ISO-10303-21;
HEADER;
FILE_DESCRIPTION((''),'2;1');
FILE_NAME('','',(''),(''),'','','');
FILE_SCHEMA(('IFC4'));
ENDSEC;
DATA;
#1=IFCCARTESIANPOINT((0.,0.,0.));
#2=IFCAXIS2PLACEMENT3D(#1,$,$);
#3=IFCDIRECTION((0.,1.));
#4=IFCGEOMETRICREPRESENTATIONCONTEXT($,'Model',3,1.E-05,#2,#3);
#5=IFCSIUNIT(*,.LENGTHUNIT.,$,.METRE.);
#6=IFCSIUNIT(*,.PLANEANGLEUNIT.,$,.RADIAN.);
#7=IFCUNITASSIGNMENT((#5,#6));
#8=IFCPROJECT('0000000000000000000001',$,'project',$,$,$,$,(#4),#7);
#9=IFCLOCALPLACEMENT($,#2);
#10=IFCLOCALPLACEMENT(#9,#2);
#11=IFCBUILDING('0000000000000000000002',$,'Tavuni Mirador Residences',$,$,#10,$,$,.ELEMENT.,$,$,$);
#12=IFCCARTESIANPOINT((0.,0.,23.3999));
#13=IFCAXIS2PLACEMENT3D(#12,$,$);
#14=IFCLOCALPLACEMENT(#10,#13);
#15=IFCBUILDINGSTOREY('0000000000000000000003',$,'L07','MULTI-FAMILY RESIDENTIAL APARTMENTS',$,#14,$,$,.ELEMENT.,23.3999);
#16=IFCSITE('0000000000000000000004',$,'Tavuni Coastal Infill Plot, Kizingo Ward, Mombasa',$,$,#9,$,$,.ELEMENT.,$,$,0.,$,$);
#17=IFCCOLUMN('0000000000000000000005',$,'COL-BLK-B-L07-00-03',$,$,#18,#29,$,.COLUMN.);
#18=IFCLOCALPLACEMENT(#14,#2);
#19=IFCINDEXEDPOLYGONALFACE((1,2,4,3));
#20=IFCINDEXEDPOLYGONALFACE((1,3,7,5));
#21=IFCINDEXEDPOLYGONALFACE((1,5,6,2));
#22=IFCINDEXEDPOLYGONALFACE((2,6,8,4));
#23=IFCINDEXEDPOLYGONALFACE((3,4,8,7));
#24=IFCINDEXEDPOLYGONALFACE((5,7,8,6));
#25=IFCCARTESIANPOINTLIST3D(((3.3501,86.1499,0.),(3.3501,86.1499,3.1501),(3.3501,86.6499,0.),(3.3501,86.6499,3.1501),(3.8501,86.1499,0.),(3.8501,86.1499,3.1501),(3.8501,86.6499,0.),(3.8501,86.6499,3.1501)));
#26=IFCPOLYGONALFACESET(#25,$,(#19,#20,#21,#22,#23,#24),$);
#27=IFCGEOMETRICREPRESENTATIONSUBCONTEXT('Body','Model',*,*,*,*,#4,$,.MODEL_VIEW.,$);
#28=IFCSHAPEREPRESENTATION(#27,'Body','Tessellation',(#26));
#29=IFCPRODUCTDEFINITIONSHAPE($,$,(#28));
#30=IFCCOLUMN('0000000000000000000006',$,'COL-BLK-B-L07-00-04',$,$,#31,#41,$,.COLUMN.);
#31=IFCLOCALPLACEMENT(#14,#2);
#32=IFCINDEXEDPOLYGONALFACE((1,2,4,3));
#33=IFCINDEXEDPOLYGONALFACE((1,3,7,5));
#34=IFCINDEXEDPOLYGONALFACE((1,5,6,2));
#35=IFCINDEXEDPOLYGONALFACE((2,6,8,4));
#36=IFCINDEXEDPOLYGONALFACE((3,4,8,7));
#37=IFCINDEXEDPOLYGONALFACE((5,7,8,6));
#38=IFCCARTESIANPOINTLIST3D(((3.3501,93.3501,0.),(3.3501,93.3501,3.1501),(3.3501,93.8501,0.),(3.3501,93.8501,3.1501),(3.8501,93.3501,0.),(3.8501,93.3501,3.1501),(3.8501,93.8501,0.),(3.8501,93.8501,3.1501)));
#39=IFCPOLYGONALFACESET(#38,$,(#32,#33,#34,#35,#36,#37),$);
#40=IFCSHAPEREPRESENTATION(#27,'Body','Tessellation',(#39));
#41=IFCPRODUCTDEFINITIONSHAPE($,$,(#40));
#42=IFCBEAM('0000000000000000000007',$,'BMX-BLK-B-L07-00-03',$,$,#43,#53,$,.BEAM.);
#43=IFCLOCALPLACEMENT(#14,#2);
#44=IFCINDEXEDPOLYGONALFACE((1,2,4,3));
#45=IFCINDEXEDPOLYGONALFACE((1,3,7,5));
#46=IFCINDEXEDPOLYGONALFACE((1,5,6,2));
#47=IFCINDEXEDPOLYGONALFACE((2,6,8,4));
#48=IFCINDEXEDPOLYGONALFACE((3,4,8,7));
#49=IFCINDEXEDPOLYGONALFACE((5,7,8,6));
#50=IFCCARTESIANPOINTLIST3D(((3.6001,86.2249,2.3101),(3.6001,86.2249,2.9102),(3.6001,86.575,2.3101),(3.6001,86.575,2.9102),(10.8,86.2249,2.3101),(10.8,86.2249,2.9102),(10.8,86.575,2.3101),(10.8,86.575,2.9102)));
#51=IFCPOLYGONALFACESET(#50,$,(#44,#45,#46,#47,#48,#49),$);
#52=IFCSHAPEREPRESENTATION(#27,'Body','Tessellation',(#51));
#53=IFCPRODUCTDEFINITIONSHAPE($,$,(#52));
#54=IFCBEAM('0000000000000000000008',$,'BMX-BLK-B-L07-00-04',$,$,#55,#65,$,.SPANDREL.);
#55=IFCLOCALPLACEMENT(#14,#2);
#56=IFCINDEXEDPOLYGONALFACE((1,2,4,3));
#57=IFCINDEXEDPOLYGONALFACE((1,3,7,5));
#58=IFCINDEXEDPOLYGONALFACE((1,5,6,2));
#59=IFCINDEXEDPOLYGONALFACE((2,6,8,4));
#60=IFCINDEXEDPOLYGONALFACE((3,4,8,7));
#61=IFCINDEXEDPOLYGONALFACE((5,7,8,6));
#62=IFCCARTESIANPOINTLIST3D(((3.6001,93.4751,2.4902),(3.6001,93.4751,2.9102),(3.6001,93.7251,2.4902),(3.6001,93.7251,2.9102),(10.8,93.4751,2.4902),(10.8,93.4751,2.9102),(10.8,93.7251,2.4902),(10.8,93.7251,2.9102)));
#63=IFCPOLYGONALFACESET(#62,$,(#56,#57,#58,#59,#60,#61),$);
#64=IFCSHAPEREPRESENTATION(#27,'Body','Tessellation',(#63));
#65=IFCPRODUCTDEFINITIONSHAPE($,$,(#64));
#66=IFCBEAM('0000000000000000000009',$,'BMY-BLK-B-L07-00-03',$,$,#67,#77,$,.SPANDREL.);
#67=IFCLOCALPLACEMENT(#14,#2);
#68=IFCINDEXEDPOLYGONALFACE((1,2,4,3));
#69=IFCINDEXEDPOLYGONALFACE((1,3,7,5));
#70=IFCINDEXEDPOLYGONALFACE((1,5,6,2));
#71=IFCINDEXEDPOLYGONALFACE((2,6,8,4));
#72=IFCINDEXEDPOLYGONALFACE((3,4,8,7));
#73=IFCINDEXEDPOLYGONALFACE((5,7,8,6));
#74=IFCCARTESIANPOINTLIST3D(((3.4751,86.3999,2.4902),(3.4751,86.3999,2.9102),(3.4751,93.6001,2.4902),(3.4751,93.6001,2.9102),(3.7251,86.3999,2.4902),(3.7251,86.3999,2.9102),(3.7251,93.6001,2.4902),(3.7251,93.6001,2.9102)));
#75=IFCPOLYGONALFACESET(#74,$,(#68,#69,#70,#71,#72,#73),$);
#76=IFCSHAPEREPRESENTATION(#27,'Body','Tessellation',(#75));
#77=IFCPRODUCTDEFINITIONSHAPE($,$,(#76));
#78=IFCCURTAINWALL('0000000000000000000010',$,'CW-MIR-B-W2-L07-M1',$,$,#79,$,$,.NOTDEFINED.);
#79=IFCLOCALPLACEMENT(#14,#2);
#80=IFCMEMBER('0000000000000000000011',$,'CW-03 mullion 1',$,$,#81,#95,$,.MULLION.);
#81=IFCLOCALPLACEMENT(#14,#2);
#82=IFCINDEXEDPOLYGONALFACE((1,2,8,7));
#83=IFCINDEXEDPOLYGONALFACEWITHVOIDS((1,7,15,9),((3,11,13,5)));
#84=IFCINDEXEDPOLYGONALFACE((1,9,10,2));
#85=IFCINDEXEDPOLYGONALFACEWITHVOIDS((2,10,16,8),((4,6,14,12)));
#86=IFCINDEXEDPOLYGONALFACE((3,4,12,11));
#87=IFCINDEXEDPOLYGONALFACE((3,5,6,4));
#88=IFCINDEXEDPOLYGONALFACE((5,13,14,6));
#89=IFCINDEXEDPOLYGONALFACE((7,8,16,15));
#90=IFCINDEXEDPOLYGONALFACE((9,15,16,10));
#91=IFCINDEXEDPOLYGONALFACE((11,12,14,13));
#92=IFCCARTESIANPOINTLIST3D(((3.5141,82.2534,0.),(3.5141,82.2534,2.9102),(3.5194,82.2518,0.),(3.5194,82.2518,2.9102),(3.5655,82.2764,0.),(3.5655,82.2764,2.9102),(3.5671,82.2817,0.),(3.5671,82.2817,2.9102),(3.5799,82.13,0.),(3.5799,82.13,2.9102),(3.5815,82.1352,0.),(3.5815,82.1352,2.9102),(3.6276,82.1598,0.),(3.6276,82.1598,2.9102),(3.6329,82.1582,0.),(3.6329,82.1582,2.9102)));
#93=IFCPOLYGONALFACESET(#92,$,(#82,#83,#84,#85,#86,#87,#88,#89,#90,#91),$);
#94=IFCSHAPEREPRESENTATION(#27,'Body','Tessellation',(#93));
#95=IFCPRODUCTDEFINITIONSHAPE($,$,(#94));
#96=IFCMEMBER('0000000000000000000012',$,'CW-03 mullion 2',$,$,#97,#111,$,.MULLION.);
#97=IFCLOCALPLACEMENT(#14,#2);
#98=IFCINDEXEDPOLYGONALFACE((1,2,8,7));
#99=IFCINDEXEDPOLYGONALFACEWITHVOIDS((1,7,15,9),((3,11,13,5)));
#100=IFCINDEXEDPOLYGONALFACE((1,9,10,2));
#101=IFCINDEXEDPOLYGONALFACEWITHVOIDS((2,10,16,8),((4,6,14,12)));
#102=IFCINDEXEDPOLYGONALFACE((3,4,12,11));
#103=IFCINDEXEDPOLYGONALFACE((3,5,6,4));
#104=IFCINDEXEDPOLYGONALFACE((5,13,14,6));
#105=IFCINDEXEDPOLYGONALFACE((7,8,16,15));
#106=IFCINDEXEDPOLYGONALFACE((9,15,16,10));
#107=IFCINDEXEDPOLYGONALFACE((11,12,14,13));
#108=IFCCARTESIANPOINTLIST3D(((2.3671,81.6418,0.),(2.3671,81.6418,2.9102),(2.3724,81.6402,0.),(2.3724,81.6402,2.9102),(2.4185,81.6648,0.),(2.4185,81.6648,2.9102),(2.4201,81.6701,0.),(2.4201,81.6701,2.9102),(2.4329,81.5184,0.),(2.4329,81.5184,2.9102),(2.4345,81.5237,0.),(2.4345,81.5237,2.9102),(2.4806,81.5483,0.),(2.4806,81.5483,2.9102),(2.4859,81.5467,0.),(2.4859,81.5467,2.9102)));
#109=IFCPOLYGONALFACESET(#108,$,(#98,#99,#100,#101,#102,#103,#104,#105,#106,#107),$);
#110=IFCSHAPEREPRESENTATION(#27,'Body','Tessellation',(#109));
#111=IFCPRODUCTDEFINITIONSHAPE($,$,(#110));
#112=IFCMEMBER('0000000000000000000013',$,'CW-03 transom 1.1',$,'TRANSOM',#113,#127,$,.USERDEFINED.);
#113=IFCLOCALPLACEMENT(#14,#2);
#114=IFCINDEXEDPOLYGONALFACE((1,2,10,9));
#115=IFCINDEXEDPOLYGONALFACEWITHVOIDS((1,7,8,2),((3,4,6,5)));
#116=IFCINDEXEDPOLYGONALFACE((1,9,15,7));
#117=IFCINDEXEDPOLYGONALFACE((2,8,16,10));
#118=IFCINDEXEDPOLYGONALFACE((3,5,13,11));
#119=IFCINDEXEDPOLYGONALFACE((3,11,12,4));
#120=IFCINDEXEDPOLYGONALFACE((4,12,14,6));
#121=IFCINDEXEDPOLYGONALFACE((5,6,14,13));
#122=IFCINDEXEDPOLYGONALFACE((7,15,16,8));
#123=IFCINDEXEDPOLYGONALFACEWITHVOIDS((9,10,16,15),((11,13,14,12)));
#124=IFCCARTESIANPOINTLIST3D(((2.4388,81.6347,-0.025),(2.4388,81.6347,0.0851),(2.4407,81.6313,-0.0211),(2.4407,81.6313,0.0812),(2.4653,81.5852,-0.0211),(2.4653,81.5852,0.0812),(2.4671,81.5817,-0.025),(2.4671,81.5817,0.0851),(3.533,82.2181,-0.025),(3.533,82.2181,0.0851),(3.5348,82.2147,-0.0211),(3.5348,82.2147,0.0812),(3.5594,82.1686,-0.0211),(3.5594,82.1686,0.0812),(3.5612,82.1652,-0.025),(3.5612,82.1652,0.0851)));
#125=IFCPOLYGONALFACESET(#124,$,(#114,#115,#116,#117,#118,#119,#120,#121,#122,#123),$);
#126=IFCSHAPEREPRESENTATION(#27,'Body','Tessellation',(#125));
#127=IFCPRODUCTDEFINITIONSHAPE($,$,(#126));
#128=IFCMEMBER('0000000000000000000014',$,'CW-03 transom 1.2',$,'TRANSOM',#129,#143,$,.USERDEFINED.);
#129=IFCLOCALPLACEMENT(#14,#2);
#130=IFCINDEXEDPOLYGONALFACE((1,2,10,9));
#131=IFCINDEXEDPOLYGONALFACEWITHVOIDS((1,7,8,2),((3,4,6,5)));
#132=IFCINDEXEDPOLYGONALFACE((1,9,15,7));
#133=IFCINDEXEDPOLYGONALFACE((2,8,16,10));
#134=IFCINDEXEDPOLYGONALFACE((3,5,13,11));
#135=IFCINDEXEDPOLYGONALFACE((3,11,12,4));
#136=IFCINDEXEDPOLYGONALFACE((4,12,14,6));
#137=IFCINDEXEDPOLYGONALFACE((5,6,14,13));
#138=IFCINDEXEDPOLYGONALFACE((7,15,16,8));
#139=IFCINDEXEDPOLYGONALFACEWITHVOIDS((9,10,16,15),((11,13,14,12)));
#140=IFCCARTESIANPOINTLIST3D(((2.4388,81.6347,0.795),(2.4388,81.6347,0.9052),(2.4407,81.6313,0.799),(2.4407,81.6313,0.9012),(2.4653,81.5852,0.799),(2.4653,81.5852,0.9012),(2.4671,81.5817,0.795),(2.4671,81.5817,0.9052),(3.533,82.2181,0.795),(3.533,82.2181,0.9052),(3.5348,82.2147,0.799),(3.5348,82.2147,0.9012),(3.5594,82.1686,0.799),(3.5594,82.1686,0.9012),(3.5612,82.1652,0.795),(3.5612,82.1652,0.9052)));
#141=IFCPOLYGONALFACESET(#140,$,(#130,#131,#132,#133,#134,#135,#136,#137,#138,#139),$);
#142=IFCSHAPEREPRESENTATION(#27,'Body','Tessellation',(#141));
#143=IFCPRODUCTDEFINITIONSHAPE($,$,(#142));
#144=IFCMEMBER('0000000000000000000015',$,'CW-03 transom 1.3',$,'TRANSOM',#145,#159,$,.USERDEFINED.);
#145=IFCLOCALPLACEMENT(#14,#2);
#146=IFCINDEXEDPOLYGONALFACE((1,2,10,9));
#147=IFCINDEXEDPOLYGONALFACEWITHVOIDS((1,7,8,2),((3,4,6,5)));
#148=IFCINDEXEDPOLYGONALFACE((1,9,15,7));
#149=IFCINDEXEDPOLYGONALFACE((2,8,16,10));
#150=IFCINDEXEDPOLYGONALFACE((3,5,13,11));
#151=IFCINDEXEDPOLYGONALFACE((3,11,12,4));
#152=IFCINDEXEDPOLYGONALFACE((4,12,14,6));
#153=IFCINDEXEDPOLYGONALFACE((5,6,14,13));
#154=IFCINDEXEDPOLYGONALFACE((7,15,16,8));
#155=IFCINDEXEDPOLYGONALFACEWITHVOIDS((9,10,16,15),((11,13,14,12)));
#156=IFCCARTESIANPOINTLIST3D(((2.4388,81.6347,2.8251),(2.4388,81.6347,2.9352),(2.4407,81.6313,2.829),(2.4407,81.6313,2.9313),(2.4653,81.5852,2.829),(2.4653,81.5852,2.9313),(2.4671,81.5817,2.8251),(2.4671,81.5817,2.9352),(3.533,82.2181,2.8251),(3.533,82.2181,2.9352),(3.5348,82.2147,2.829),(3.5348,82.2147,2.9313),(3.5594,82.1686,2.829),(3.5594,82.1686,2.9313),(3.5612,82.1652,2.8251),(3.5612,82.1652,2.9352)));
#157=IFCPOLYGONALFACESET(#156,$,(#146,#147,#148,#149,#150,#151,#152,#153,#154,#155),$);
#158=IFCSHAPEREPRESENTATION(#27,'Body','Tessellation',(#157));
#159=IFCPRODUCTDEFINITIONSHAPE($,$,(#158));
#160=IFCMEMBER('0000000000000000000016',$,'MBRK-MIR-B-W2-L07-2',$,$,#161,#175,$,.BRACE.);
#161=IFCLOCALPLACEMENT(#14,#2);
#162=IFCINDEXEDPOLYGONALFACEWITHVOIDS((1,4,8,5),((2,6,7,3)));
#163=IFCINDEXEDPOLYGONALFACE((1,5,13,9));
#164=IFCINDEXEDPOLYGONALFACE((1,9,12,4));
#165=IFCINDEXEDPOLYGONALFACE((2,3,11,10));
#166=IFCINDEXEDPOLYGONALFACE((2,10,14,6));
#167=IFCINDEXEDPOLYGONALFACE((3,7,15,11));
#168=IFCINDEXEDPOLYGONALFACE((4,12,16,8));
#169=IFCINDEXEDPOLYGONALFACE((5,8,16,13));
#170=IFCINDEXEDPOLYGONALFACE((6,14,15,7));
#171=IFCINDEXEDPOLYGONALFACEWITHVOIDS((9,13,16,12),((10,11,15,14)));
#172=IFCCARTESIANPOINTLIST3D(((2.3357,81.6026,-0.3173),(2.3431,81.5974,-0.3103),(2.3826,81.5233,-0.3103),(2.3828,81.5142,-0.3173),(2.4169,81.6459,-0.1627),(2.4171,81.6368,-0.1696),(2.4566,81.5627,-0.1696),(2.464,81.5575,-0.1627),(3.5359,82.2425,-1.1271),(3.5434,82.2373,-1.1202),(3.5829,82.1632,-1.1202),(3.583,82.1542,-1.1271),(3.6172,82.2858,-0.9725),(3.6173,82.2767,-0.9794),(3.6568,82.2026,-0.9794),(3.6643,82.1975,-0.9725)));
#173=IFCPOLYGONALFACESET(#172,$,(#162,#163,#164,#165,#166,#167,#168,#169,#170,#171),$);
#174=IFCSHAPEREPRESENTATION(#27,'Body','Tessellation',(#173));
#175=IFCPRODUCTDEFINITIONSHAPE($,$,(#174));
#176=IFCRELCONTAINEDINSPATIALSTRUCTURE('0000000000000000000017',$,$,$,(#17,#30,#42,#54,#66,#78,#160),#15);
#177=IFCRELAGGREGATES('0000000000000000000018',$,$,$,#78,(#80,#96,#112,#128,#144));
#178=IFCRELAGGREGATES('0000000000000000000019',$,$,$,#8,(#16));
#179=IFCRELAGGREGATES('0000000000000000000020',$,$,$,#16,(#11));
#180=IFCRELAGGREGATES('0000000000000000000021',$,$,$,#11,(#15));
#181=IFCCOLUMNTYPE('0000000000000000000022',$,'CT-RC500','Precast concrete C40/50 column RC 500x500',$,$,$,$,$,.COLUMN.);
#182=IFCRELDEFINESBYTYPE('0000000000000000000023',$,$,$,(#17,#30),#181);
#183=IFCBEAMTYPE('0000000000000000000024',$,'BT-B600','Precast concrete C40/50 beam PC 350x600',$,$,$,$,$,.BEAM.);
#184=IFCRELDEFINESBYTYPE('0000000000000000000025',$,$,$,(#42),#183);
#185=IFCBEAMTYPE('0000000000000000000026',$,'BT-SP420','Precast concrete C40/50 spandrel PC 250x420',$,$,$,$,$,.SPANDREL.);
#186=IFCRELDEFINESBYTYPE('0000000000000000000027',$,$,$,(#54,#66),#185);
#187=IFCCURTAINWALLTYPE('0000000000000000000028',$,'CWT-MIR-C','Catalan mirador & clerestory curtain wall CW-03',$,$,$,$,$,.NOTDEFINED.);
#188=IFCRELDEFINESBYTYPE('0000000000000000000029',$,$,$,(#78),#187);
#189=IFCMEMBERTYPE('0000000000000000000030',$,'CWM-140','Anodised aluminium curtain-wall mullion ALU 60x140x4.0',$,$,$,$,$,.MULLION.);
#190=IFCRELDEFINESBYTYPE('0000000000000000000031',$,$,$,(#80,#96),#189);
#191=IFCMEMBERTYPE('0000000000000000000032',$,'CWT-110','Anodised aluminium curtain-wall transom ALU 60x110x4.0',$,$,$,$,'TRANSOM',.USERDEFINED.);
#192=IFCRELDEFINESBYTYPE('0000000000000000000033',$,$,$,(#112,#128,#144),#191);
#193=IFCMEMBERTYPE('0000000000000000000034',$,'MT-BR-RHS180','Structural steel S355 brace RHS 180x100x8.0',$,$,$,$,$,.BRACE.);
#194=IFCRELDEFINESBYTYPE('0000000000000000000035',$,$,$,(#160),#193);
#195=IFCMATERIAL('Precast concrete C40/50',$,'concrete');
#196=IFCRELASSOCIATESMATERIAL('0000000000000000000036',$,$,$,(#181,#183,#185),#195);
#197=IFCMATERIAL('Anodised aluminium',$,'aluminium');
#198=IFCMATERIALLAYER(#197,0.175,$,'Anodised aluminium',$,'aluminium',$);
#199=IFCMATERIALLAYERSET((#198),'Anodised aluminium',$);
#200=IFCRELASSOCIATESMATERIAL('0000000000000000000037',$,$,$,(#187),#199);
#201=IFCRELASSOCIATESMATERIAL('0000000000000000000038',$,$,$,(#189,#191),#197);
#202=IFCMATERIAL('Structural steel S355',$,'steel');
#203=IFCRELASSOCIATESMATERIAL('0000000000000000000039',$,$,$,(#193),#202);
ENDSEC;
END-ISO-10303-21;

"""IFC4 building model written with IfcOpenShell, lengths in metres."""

from ifc_helpers import new_model, si_unit, direction, frame, origin, origin_2d, place, context, subcontext, project, spatial, rectangle, hollow_rectangle, extrude, material, layer, layer_set, material_profile, profile_set, type_object, element, aggregate, save


model = new_model("IFC4")

# Units and contexts
model_context = context("Model", 3, precision=1e-05, world=origin(), true_north=direction((0.0, 1.0)))
body_context = subcontext(model_context, "Body", "Model", "MODEL_VIEW")
ifc_project = project(units=[si_unit("LENGTHUNIT", "METRE"), si_unit("PLANEANGLEUNIT", "RADIAN")], contexts=[model_context])

# Site, building, storey
site_placement = place(None, origin())
site = spatial("IfcSite", under=ifc_project, at=site_placement, Name="Tavuni Coastal Infill Plot, Kizingo Ward, Mombasa", CompositionType="ELEMENT", RefElevation=0.0)
building_placement = place(site_placement, origin())
building = spatial("IfcBuilding", under=site, at=building_placement, Name="Tavuni Mirador Residences", CompositionType="ELEMENT")
storey_placement = place(building_placement, frame((0.0, 0.0, 23.3999)))
storey = spatial("IfcBuildingStorey", under=building, at=storey_placement, Name="L07", Description="MULTI-FAMILY RESIDENTIAL APARTMENTS", CompositionType="ELEMENT", Elevation=23.3999)

# Columns
ifc_material_1 = material(Name="Precast concrete C40/50", Category="concrete")
ifc_material_profile_1 = material_profile(ifc_material_1, rectangle(XDim=0.5, YDim=0.5, at=origin_2d()), Name="RC 500x500", Category="concrete")
ifc_profile_set_1 = profile_set([ifc_material_profile_1], Name="Precast concrete C40/50")
column_type = type_object("IfcColumnType", Name="CT-RC500", Description="Precast concrete C40/50 column RC 500x500", PredefinedType="COLUMN", material=ifc_profile_set_1)
for number, where, z_axis, x_axis, name in (
    (1, (3.6001, 86.3999, 0.0), (0.0, 0.0, 1.0), (1.0, 0.0, 0.0), "COL-BLK-B-L07-00-03"),
    (2, (3.6001, 93.6001, 0.0), (0.0, 0.0, 1.0), (1.0, 0.0, 0.0), "COL-BLK-B-L07-00-04"),
):
    element("IfcColumn", number, at=place(storey_placement, frame(where, z_axis=z_axis, x_axis=x_axis)), inside=storey, type_object=column_type, Name=name, PredefinedType="COLUMN", context=body_context, shape_type="SweptSolid", body=[
        extrude(rectangle(XDim=0.5, YDim=0.5, at=origin_2d()), origin(), (0.0, 0.0, 1.0), 3.1501),
    ])

# Beams
ifc_material_profile_2 = material_profile(ifc_material_1, rectangle(XDim=0.3501, YDim=0.6001, at=origin_2d()), Name="PC 350x600", Category="concrete")
ifc_profile_set_2 = profile_set([ifc_material_profile_2], Name="Precast concrete C40/50")
beam_type_1 = type_object("IfcBeamType", Name="BT-B600", Description="Precast concrete C40/50 beam PC 350x600", PredefinedType="BEAM", material=ifc_profile_set_2)
beam_1_placement = place(storey_placement, frame((3.6001, 86.3999, 2.6101), z_axis=(1.0, 0.0, 0.0), x_axis=(0.0, 1.0, 0.0)))
element("IfcBeam", 3, at=beam_1_placement, inside=storey, type_object=beam_type_1, Name="BMX-BLK-B-L07-00-03", PredefinedType="BEAM", context=body_context, shape_type="SweptSolid", body=[
    extrude(rectangle(XDim=0.3501, YDim=0.6001, at=origin_2d()), origin(), (0.0, 0.0, 1.0), 7.2),
])
ifc_material_profile_3 = material_profile(ifc_material_1, rectangle(XDim=0.25, YDim=0.4199, at=origin_2d()), Name="PC 250x420", Category="concrete")
ifc_profile_set_3 = profile_set([ifc_material_profile_3], Name="Precast concrete C40/50")
beam_type_2 = type_object("IfcBeamType", Name="BT-SP420", Description="Precast concrete C40/50 spandrel PC 250x420", PredefinedType="SPANDREL", material=ifc_profile_set_3)
beam_2_placement = place(storey_placement, frame((3.6001, 93.6001, 2.7002), z_axis=(1.0, 0.0, 0.0), x_axis=(0.0, 1.0, 0.0)))
element("IfcBeam", 4, at=beam_2_placement, inside=storey, type_object=beam_type_2, Name="BMX-BLK-B-L07-00-04", PredefinedType="SPANDREL", context=body_context, shape_type="SweptSolid", body=[
    extrude(rectangle(XDim=0.25, YDim=0.4199, at=origin_2d()), origin(), (0.0, 0.0, 1.0), 7.2),
])
beam_3_placement = place(storey_placement, frame((3.6001, 86.3999, 2.7002), z_axis=(0.0, 1.0, 0.0), x_axis=(-1.0, 0.0, 0.0)))
element("IfcBeam", 5, at=beam_3_placement, inside=storey, type_object=beam_type_2, Name="BMY-BLK-B-L07-00-03", PredefinedType="SPANDREL", context=body_context, shape_type="SweptSolid", body=[
    extrude(rectangle(XDim=0.25, YDim=0.4199, at=origin_2d()), origin(), (0.0, 0.0, 1.0), 7.2002),
])

# Curtain wall, members
ifc_material_2 = material(Name="Anodised aluminium", Category="aluminium")
ifc_layer_1 = layer(ifc_material_2, 0.175, Name="Anodised aluminium", Category="aluminium")
ifc_layer_set_1 = layer_set([ifc_layer_1], Name="Anodised aluminium")
curtain_wall_type = type_object("IfcCurtainWallType", Name="CWT-MIR-C", Description="Catalan mirador & clerestory curtain wall CW-03", PredefinedType="NOTDEFINED", material=ifc_layer_set_1)
curtain_wall_placement = place(storey_placement, origin())
curtain_wall = element("IfcCurtainWall", 6, at=curtain_wall_placement, inside=storey, type_object=curtain_wall_type, Name="CW-MIR-B-W2-L07-M1", PredefinedType="NOTDEFINED")
ifc_material_profile_4 = material_profile(ifc_material_2, hollow_rectangle(XDim=0.0601, YDim=0.1399, WallThickness=0.0039, at=origin_2d()), Name="ALU 60x140x4.0", Category="aluminium")
ifc_profile_set_4 = profile_set([ifc_material_profile_4], Name="Anodised aluminium")
member_type_1 = type_object("IfcMemberType", Name="CWM-140", Description="Anodised aluminium curtain-wall mullion ALU 60x140x4.0", PredefinedType="MULLION", material=ifc_profile_set_4)
member_1_placement = place(storey_placement, frame((3.5735, 82.2058, 0.0), z_axis=(0.0, 0.0, 1.0), x_axis=(-0.882353, -0.470588, 0.0)))
member_1 = element("IfcMember", 7, at=member_1_placement, type_object=member_type_1, Name="CW-03 mullion 1", PredefinedType="MULLION", context=body_context, shape_type="SweptSolid", body=[
    extrude(hollow_rectangle(XDim=0.0601, YDim=0.1399, WallThickness=0.0039, at=origin_2d()), origin(), (0.0, 0.0, 1.0), 2.9102),
])
member_2_placement = place(storey_placement, frame((2.4265, 81.5942, 0.0), z_axis=(0.0, 0.0, 1.0), x_axis=(-0.882353, -0.470588, 0.0)))
member_2 = element("IfcMember", 8, at=member_2_placement, type_object=member_type_1, Name="CW-03 mullion 2", PredefinedType="MULLION", context=body_context, shape_type="SweptSolid", body=[
    extrude(hollow_rectangle(XDim=0.0601, YDim=0.1399, WallThickness=0.0039, at=origin_2d()), origin(), (0.0, 0.0, 1.0), 2.9102),
])
ifc_material_profile_5 = material_profile(ifc_material_2, hollow_rectangle(XDim=0.0601, YDim=0.1101, WallThickness=0.0039, at=origin_2d()), Name="ALU 60x110x4.0", Category="aluminium")
ifc_profile_set_5 = profile_set([ifc_material_profile_5], Name="Anodised aluminium")
member_type_2 = type_object("IfcMemberType", Name="CWT-110", Description="Anodised aluminium curtain-wall transom ALU 60x110x4.0", ElementType="TRANSOM", PredefinedType="USERDEFINED", material=ifc_profile_set_5)
member_3_placement = place(storey_placement, frame((3.5471, 82.1917, 0.03), z_axis=(-0.882386, -0.470527, 0.0), x_axis=(0.470527, -0.882386, 0.0)))
member_3 = element("IfcMember", 9, at=member_3_placement, type_object=member_type_2, Name="CW-03 transom 1.1", ObjectType="TRANSOM", PredefinedType="USERDEFINED", context=body_context, shape_type="SweptSolid", body=[
    extrude(hollow_rectangle(XDim=0.0601, YDim=0.1101, WallThickness=0.0039, at=origin_2d()), origin(), (0.0, 0.0, 1.0), 1.24),
])
member_4_placement = place(storey_placement, frame((3.5471, 82.1917, 0.8501), z_axis=(-0.882386, -0.470527, 0.0), x_axis=(0.470527, -0.882386, 0.0)))
member_4 = element("IfcMember", 10, at=member_4_placement, type_object=member_type_2, Name="CW-03 transom 1.2", ObjectType="TRANSOM", PredefinedType="USERDEFINED", context=body_context, shape_type="SweptSolid", body=[
    extrude(hollow_rectangle(XDim=0.0601, YDim=0.1101, WallThickness=0.0039, at=origin_2d()), origin(), (0.0, 0.0, 1.0), 1.24),
])
member_5_placement = place(storey_placement, frame((3.5471, 82.1917, 2.8801), z_axis=(-0.882386, -0.470527, 0.0), x_axis=(0.470527, -0.882386, 0.0)))
member_5 = element("IfcMember", 11, at=member_5_placement, type_object=member_type_2, Name="CW-03 transom 1.3", ObjectType="TRANSOM", PredefinedType="USERDEFINED", context=body_context, shape_type="SweptSolid", body=[
    extrude(hollow_rectangle(XDim=0.0601, YDim=0.1101, WallThickness=0.0039, at=origin_2d()), origin(), (0.0, 0.0, 1.0), 1.24),
])

# Member
ifc_material_3 = material(Name="Structural steel S355", Category="steel")
ifc_material_profile_6 = material_profile(ifc_material_3, hollow_rectangle(XDim=0.1001, YDim=0.1799, WallThickness=0.0081, at=origin_2d()), Name="RHS 180x100x8.0", Category="steel")
ifc_profile_set_6 = profile_set([ifc_material_profile_6], Name="Structural steel S355")
member_type_3 = type_object("IfcMemberType", Name="MT-BR-RHS180", Description="Structural steel S355 brace RHS 180x100x8.0", PredefinedType="BRACE", material=ifc_profile_set_6)
member_6_placement = place(storey_placement, frame((3.6001, 82.22, -1.0498), z_axis=(-0.758202, -0.404241, 0.511586), x_axis=(0.470467, -0.882418, 0.0)))
element("IfcMember", 12, at=member_6_placement, inside=storey, type_object=member_type_3, Name="MBRK-MIR-B-W2-L07-2", PredefinedType="BRACE", context=body_context, shape_type="SweptSolid", body=[
    extrude(hollow_rectangle(XDim=0.1001, YDim=0.1799, WallThickness=0.0081, at=origin_2d()), origin(), (0.0, 0.0, 1.0), 1.583),
])

aggregate(curtain_wall, [member_1, member_2, member_3, member_4, member_5])

save(model, "model.ifc")
